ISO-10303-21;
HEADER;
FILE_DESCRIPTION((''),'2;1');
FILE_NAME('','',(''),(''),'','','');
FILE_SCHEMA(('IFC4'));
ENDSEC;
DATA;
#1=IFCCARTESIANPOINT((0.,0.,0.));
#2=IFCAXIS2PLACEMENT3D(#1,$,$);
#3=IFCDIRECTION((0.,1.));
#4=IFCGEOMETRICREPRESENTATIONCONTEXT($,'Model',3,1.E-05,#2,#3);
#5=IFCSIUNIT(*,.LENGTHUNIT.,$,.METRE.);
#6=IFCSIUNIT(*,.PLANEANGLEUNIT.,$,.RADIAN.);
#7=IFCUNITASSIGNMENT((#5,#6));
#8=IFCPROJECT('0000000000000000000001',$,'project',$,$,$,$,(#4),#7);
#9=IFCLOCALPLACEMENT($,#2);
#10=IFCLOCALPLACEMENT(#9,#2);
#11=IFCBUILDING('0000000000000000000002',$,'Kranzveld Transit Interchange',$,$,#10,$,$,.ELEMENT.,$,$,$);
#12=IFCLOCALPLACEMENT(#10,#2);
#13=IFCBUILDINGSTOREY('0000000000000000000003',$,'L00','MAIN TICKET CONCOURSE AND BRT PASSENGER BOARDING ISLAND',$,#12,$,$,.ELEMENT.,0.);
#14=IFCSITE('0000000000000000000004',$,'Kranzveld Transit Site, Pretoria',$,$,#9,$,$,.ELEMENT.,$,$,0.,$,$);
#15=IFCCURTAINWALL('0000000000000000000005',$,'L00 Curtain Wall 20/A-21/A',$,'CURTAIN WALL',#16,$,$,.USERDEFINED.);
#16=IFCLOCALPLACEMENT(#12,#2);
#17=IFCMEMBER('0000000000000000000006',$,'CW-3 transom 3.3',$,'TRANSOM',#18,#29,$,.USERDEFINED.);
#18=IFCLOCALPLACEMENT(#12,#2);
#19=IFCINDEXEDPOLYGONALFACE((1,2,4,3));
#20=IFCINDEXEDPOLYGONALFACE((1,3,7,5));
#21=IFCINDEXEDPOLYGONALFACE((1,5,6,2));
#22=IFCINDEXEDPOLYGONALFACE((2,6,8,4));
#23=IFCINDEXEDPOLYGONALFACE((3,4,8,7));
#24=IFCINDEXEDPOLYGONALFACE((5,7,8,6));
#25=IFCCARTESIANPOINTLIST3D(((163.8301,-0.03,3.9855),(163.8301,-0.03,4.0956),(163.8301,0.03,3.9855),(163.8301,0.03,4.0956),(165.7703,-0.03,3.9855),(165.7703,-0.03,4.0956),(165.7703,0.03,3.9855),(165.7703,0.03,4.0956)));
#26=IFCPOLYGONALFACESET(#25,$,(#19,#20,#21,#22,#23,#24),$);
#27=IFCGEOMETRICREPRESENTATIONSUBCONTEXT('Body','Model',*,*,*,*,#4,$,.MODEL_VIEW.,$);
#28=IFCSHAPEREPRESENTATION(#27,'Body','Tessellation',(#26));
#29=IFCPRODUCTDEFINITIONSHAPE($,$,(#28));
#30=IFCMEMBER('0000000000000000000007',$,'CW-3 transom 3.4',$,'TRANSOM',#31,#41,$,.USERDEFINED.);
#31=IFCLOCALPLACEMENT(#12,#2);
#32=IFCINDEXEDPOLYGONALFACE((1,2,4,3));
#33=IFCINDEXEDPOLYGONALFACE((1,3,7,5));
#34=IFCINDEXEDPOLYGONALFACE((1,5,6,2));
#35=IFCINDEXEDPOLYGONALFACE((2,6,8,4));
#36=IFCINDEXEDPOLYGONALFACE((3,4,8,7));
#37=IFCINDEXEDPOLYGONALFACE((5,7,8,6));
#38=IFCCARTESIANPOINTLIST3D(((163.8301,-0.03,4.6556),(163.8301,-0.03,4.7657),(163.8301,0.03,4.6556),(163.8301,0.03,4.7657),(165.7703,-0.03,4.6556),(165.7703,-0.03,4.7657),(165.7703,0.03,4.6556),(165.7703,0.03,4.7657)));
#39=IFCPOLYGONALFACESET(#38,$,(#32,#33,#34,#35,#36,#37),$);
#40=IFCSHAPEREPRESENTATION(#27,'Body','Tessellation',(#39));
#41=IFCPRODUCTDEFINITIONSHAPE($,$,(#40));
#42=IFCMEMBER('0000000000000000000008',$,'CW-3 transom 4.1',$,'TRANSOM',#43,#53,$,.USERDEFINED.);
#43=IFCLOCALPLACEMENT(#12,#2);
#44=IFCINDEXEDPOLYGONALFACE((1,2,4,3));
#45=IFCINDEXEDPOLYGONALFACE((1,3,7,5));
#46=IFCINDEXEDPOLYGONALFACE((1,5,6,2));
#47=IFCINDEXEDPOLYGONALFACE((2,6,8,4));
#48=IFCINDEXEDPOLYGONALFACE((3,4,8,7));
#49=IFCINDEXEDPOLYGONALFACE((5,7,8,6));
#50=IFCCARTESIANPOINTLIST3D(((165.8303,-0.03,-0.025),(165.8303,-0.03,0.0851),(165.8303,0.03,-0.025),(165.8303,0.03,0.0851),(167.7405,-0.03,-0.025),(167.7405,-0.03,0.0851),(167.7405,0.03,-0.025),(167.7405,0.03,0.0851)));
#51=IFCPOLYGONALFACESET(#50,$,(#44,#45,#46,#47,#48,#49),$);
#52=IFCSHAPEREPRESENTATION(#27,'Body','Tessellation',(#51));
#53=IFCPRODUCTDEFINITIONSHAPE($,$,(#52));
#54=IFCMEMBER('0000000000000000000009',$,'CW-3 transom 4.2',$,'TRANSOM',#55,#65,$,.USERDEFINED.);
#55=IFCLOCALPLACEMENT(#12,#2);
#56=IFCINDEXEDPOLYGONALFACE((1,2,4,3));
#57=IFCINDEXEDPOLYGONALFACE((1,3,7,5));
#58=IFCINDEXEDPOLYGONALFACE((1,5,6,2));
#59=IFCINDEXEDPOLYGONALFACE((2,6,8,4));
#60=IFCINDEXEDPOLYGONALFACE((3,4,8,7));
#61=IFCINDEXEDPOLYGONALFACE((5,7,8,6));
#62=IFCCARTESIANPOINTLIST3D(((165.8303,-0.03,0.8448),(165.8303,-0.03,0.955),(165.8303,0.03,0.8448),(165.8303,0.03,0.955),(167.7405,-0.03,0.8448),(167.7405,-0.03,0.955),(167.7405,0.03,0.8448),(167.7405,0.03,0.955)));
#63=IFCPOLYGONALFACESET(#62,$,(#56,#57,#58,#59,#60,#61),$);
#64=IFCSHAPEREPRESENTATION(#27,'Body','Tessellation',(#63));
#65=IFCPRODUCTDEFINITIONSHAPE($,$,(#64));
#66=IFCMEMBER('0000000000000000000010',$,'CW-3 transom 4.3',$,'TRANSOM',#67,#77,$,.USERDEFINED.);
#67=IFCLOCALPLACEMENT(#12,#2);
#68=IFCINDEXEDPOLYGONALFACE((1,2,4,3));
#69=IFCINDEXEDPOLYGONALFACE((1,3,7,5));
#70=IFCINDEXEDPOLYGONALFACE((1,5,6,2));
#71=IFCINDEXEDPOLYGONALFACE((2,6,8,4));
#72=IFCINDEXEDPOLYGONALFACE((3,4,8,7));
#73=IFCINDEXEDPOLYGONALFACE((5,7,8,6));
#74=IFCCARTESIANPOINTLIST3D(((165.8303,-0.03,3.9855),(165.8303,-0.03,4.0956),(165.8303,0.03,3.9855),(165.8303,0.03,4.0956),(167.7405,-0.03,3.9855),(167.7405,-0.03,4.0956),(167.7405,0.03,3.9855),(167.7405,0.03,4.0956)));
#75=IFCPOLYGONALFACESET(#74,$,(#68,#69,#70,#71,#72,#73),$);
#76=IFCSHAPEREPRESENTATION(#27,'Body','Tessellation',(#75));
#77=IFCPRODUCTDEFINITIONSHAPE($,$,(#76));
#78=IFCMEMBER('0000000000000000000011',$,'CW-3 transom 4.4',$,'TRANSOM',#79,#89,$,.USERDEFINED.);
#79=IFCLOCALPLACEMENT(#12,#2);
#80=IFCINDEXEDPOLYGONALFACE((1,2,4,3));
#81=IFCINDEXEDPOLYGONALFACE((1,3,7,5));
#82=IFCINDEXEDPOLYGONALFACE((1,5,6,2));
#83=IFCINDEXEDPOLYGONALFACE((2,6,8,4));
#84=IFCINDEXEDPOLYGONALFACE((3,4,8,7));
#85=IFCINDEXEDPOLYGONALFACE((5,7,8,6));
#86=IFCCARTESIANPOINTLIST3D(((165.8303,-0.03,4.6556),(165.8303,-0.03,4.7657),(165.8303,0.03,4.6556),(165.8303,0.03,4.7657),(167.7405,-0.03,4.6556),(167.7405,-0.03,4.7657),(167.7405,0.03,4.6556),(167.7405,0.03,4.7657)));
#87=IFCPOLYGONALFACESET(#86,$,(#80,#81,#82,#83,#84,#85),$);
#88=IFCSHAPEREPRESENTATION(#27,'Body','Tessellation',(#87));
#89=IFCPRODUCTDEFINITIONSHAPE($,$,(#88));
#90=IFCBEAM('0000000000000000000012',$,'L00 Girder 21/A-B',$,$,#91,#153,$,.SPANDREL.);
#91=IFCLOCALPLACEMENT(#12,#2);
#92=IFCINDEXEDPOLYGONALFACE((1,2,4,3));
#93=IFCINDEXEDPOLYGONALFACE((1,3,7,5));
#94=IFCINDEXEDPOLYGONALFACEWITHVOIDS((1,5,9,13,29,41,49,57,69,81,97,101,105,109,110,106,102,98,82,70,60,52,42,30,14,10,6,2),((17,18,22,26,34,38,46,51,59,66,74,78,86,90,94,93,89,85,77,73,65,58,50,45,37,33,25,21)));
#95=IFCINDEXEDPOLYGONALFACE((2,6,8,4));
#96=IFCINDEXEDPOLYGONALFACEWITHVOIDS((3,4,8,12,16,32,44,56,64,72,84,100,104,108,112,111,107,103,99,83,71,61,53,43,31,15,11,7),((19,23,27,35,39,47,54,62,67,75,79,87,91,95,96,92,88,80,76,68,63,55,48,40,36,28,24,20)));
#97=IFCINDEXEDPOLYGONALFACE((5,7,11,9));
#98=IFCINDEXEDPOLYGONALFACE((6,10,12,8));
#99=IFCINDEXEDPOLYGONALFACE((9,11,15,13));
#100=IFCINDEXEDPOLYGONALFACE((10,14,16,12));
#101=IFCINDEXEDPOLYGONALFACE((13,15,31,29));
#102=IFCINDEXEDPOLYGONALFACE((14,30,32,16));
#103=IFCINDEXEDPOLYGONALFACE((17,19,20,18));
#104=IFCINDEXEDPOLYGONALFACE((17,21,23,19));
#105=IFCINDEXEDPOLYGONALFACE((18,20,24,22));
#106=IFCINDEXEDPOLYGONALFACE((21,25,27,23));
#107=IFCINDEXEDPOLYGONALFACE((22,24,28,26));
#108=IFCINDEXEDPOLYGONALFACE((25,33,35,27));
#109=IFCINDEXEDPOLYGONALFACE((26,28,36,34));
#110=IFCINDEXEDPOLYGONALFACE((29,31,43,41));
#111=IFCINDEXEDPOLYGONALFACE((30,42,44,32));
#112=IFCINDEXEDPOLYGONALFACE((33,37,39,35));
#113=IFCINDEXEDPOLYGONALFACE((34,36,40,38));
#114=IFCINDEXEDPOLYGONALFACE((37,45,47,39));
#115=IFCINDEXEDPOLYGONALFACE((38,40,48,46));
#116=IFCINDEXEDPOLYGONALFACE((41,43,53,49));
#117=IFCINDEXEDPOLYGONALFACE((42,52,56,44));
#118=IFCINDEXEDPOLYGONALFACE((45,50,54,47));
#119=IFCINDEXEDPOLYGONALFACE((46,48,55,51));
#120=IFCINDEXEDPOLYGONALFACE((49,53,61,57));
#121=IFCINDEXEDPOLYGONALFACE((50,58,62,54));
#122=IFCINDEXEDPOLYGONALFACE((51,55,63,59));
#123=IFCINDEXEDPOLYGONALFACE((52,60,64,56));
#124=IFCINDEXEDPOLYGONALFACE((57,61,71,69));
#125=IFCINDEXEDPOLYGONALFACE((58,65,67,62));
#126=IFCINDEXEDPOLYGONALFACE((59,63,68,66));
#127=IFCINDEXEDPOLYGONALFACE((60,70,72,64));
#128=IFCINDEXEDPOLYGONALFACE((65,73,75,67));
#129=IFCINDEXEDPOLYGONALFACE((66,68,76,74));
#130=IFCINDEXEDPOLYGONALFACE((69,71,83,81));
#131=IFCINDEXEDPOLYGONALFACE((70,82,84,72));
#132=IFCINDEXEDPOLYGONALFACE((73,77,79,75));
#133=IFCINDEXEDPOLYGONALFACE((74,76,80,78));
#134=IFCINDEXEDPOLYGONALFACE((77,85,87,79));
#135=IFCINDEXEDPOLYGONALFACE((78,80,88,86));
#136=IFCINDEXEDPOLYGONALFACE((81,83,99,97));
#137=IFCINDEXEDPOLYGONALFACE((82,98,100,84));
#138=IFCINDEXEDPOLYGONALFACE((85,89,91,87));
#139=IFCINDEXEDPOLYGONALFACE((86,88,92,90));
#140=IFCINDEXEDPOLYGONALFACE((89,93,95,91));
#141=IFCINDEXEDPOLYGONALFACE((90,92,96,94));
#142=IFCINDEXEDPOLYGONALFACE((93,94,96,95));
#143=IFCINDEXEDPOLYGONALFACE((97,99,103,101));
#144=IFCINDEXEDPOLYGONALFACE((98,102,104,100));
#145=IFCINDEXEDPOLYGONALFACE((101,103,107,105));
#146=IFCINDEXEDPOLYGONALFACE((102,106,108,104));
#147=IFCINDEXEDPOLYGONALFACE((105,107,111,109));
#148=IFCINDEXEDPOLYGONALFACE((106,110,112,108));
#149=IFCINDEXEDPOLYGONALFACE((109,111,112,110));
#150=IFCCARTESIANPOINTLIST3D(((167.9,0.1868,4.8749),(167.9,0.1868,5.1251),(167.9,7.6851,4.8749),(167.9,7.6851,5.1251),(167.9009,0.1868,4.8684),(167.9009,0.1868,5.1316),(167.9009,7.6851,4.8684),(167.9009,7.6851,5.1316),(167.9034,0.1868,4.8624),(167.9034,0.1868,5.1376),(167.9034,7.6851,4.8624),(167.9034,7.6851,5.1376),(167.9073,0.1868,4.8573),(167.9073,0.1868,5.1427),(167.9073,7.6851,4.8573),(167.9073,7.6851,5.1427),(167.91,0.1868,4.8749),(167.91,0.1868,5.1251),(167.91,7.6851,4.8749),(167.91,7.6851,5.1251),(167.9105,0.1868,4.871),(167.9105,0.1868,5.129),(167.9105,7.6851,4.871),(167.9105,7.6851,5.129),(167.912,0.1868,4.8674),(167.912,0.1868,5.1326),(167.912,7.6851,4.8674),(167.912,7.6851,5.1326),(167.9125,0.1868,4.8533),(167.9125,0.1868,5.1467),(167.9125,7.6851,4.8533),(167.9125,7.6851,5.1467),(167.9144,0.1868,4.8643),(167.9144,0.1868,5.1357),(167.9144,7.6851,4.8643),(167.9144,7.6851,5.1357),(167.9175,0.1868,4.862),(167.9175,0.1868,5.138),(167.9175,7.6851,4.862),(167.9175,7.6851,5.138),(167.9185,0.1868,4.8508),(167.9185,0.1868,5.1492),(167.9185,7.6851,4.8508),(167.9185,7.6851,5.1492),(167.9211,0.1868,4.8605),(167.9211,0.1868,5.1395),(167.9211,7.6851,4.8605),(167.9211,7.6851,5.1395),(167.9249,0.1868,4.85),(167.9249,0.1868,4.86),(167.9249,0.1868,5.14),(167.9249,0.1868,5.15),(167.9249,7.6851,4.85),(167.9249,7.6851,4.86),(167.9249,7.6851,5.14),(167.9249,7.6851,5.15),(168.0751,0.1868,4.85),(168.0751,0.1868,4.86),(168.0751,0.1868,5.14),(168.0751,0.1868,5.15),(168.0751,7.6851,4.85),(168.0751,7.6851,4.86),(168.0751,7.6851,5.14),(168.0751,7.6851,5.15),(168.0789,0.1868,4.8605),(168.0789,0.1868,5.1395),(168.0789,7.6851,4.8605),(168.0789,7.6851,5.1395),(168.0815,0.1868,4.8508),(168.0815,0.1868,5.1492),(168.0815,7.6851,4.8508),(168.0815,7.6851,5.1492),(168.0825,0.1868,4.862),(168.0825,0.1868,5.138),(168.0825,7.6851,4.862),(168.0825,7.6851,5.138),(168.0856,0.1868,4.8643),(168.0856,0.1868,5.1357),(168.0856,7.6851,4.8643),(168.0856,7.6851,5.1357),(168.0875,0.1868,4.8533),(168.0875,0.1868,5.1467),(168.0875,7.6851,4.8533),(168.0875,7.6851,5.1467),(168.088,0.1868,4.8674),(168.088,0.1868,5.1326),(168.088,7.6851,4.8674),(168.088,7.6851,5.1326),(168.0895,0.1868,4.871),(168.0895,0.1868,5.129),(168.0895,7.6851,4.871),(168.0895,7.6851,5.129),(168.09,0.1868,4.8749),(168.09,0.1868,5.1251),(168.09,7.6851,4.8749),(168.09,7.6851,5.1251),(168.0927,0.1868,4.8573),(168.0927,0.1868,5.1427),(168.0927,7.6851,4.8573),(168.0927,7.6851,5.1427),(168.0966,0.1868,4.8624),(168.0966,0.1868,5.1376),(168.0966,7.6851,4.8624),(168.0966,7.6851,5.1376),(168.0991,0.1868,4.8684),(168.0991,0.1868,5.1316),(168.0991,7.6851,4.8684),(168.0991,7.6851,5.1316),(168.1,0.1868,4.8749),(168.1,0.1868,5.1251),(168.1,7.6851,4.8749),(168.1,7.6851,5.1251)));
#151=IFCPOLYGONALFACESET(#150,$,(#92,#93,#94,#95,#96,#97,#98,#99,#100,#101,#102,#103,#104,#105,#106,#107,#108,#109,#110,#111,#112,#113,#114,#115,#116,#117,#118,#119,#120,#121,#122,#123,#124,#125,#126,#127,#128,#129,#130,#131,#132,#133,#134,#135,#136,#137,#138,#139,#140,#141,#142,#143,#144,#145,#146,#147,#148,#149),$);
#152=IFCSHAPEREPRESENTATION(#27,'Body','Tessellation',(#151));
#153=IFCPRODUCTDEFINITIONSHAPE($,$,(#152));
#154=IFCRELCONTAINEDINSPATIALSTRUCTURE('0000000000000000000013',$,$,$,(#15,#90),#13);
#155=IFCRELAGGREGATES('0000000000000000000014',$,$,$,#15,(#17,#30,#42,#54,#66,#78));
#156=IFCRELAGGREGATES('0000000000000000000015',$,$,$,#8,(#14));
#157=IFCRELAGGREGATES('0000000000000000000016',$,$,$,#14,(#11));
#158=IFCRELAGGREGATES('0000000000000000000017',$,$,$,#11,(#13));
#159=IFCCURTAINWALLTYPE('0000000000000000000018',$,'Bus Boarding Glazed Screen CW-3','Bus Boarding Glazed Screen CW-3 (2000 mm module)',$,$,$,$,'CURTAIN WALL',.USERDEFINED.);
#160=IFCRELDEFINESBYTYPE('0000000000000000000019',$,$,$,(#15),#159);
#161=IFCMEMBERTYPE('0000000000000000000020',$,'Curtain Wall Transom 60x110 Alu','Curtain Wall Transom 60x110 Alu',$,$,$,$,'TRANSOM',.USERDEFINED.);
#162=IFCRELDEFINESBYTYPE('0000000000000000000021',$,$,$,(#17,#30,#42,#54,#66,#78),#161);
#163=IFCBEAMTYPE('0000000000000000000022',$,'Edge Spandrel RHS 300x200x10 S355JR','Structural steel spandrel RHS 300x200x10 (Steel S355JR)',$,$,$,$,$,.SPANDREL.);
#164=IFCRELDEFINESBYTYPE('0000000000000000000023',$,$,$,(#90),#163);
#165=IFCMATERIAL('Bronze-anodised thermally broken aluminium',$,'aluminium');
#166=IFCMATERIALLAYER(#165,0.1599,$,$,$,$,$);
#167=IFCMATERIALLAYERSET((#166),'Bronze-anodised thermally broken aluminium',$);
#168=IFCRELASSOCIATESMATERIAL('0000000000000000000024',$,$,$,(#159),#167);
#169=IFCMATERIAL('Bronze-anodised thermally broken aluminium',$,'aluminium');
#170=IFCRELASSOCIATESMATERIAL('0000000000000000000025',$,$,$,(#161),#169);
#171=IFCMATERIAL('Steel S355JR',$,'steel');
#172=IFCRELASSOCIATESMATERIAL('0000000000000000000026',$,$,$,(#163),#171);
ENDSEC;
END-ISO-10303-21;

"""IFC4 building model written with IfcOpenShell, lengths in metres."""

from ifc_helpers import new_model, si_unit, direction, frame, origin, origin_2d, place, context, subcontext, project, spatial, rectangle, hollow_rectangle, extrude, material, layer, layer_set, material_profile, profile_set, type_object, element, aggregate, save


model = new_model("IFC4")

# Units and contexts
model_context = context("Model", 3, precision=1e-05, world=origin(), true_north=direction((0.0, 1.0)))
body_context = subcontext(model_context, "Body", "Model", "MODEL_VIEW")
ifc_project = project(units=[si_unit("LENGTHUNIT", "METRE"), si_unit("PLANEANGLEUNIT", "RADIAN")], contexts=[model_context])

# Site, building, storey
site_placement = place(None, origin())
site = spatial("IfcSite", under=ifc_project, at=site_placement, Name="Kranzveld Transit Site, Pretoria", CompositionType="ELEMENT", RefElevation=0.0)
building_placement = place(site_placement, origin())
building = spatial("IfcBuilding", under=site, at=building_placement, Name="Kranzveld Transit Interchange", CompositionType="ELEMENT")
storey_placement = place(building_placement, origin())
storey = spatial("IfcBuildingStorey", under=building, at=storey_placement, Name="L00", Description="MAIN TICKET CONCOURSE AND BRT PASSENGER BOARDING ISLAND", CompositionType="ELEMENT", Elevation=0.0)

# Curtain wall, members
ifc_material_1 = material(Name="Bronze-anodised thermally broken aluminium", Category="aluminium")
ifc_layer_1 = layer(ifc_material_1, 0.1599)
ifc_layer_set_1 = layer_set([ifc_layer_1], Name="Bronze-anodised thermally broken aluminium")
curtain_wall_type = type_object("IfcCurtainWallType", Name="Bus Boarding Glazed Screen CW-3", Description="Bus Boarding Glazed Screen CW-3 (2000 mm module)", ElementType="CURTAIN WALL", PredefinedType="USERDEFINED", material=ifc_layer_set_1)
curtain_wall_placement = place(storey_placement, origin())
curtain_wall = element("IfcCurtainWall", 1, at=curtain_wall_placement, inside=storey, type_object=curtain_wall_type, Name="L00 Curtain Wall 20/A-21/A", ObjectType="CURTAIN WALL", PredefinedType="USERDEFINED")
ifc_material_2 = material(Name="Bronze-anodised thermally broken aluminium", Category="aluminium")
ifc_material_profile_1 = material_profile(ifc_material_2, rectangle(XDim=0.0601, YDim=0.1101, at=origin_2d()), Name="ALU TRANSOM 60x110")
ifc_profile_set_1 = profile_set([ifc_material_profile_1], Name="Bronze-anodised thermally broken aluminium")
member_type_1 = type_object("IfcMemberType", Name="Curtain Wall Transom 60x110 Alu", Description="Curtain Wall Transom 60x110 Alu", ElementType="TRANSOM", PredefinedType="USERDEFINED", material=ifc_profile_set_1)
member_1_placement = place(storey_placement, frame((163.8301, 0.0, 4.0405), z_axis=(1.0, 0.0, 0.0), x_axis=(0.0, 1.0, 0.0)))
member_1 = element("IfcMember", 2, at=member_1_placement, type_object=member_type_1, Name="CW-3 transom 3.3", ObjectType="TRANSOM", PredefinedType="USERDEFINED", context=body_context, shape_type="SweptSolid", body=[
    extrude(rectangle(XDim=0.0601, YDim=0.1101, at=origin_2d()), origin(), (0.0, 0.0, 1.0), 1.9402),
])
member_2_placement = place(storey_placement, frame((163.8301, 0.0, 4.7107), z_axis=(1.0, 0.0, 0.0), x_axis=(0.0, 1.0, 0.0)))
member_2 = element("IfcMember", 3, at=member_2_placement, type_object=member_type_1, Name="CW-3 transom 3.4", ObjectType="TRANSOM", PredefinedType="USERDEFINED", context=body_context, shape_type="SweptSolid", body=[
    extrude(rectangle(XDim=0.0601, YDim=0.1101, at=origin_2d()), origin(), (0.0, 0.0, 1.0), 1.9402),
])
member_3_placement = place(storey_placement, frame((165.8303, 0.0, 0.03), z_axis=(1.0, 0.0, 0.0), x_axis=(0.0, 1.0, 0.0)))
member_3 = element("IfcMember", 4, at=member_3_placement, type_object=member_type_1, Name="CW-3 transom 4.1", ObjectType="TRANSOM", PredefinedType="USERDEFINED", context=body_context, shape_type="SweptSolid", body=[
    extrude(rectangle(XDim=0.0601, YDim=0.1101, at=origin_2d()), origin(), (0.0, 0.0, 1.0), 1.9102),
])
member_4_placement = place(storey_placement, frame((165.8303, 0.0, 0.8999), z_axis=(1.0, 0.0, 0.0), x_axis=(0.0, 1.0, 0.0)))
member_4 = element("IfcMember", 5, at=member_4_placement, type_object=member_type_1, Name="CW-3 transom 4.2", ObjectType="TRANSOM", PredefinedType="USERDEFINED", context=body_context, shape_type="SweptSolid", body=[
    extrude(rectangle(XDim=0.0601, YDim=0.1101, at=origin_2d()), origin(), (0.0, 0.0, 1.0), 1.9102),
])
member_5_placement = place(storey_placement, frame((165.8303, 0.0, 4.0405), z_axis=(1.0, 0.0, 0.0), x_axis=(0.0, 1.0, 0.0)))
member_5 = element("IfcMember", 6, at=member_5_placement, type_object=member_type_1, Name="CW-3 transom 4.3", ObjectType="TRANSOM", PredefinedType="USERDEFINED", context=body_context, shape_type="SweptSolid", body=[
    extrude(rectangle(XDim=0.0601, YDim=0.1101, at=origin_2d()), origin(), (0.0, 0.0, 1.0), 1.9102),
])
member_6_placement = place(storey_placement, frame((165.8303, 0.0, 4.7107), z_axis=(1.0, 0.0, 0.0), x_axis=(0.0, 1.0, 0.0)))
member_6 = element("IfcMember", 7, at=member_6_placement, type_object=member_type_1, Name="CW-3 transom 4.4", ObjectType="TRANSOM", PredefinedType="USERDEFINED", context=body_context, shape_type="SweptSolid", body=[
    extrude(rectangle(XDim=0.0601, YDim=0.1101, at=origin_2d()), origin(), (0.0, 0.0, 1.0), 1.9102),
])

# Beam
ifc_material_3 = material(Name="Steel S355JR", Category="steel")
ifc_material_profile_2 = material_profile(ifc_material_3, hollow_rectangle(XDim=0.2, YDim=0.3, WallThickness=0.01, InnerFilletRadius=0.0149, OuterFilletRadius=0.0249, at=origin_2d()), Name="RHS 300x200x10")
ifc_profile_set_2 = profile_set([ifc_material_profile_2], Name="Steel S355JR")
beam_type_1 = type_object("IfcBeamType", Name="Edge Spandrel RHS 300x200x10 S355JR", Description="Structural steel spandrel RHS 300x200x10 (Steel S355JR)", PredefinedType="SPANDREL", material=ifc_profile_set_2)
for number, where, z_axis, x_axis, name in (
    (8, (168.0, 0.1868, 5.0), (0.0, 1.0, 0.0), (-1.0, 0.0, 0.0), "L00 Girder 21/A-B"),
):
    element("IfcBeam", number, at=place(storey_placement, frame(where, z_axis=z_axis, x_axis=x_axis)), inside=storey, type_object=beam_type_1, Name=name, PredefinedType="SPANDREL", context=body_context, shape_type="SweptSolid", body=[
        extrude(hollow_rectangle(XDim=0.2, YDim=0.3, WallThickness=0.01, InnerFilletRadius=0.0149, OuterFilletRadius=0.0249, at=origin_2d()), origin(), (0.0, 0.0, 1.0), 7.4983),
    ])

aggregate(curtain_wall, [member_1, member_2, member_3, member_4, member_5, member_6])

save(model, "model.ifc")
